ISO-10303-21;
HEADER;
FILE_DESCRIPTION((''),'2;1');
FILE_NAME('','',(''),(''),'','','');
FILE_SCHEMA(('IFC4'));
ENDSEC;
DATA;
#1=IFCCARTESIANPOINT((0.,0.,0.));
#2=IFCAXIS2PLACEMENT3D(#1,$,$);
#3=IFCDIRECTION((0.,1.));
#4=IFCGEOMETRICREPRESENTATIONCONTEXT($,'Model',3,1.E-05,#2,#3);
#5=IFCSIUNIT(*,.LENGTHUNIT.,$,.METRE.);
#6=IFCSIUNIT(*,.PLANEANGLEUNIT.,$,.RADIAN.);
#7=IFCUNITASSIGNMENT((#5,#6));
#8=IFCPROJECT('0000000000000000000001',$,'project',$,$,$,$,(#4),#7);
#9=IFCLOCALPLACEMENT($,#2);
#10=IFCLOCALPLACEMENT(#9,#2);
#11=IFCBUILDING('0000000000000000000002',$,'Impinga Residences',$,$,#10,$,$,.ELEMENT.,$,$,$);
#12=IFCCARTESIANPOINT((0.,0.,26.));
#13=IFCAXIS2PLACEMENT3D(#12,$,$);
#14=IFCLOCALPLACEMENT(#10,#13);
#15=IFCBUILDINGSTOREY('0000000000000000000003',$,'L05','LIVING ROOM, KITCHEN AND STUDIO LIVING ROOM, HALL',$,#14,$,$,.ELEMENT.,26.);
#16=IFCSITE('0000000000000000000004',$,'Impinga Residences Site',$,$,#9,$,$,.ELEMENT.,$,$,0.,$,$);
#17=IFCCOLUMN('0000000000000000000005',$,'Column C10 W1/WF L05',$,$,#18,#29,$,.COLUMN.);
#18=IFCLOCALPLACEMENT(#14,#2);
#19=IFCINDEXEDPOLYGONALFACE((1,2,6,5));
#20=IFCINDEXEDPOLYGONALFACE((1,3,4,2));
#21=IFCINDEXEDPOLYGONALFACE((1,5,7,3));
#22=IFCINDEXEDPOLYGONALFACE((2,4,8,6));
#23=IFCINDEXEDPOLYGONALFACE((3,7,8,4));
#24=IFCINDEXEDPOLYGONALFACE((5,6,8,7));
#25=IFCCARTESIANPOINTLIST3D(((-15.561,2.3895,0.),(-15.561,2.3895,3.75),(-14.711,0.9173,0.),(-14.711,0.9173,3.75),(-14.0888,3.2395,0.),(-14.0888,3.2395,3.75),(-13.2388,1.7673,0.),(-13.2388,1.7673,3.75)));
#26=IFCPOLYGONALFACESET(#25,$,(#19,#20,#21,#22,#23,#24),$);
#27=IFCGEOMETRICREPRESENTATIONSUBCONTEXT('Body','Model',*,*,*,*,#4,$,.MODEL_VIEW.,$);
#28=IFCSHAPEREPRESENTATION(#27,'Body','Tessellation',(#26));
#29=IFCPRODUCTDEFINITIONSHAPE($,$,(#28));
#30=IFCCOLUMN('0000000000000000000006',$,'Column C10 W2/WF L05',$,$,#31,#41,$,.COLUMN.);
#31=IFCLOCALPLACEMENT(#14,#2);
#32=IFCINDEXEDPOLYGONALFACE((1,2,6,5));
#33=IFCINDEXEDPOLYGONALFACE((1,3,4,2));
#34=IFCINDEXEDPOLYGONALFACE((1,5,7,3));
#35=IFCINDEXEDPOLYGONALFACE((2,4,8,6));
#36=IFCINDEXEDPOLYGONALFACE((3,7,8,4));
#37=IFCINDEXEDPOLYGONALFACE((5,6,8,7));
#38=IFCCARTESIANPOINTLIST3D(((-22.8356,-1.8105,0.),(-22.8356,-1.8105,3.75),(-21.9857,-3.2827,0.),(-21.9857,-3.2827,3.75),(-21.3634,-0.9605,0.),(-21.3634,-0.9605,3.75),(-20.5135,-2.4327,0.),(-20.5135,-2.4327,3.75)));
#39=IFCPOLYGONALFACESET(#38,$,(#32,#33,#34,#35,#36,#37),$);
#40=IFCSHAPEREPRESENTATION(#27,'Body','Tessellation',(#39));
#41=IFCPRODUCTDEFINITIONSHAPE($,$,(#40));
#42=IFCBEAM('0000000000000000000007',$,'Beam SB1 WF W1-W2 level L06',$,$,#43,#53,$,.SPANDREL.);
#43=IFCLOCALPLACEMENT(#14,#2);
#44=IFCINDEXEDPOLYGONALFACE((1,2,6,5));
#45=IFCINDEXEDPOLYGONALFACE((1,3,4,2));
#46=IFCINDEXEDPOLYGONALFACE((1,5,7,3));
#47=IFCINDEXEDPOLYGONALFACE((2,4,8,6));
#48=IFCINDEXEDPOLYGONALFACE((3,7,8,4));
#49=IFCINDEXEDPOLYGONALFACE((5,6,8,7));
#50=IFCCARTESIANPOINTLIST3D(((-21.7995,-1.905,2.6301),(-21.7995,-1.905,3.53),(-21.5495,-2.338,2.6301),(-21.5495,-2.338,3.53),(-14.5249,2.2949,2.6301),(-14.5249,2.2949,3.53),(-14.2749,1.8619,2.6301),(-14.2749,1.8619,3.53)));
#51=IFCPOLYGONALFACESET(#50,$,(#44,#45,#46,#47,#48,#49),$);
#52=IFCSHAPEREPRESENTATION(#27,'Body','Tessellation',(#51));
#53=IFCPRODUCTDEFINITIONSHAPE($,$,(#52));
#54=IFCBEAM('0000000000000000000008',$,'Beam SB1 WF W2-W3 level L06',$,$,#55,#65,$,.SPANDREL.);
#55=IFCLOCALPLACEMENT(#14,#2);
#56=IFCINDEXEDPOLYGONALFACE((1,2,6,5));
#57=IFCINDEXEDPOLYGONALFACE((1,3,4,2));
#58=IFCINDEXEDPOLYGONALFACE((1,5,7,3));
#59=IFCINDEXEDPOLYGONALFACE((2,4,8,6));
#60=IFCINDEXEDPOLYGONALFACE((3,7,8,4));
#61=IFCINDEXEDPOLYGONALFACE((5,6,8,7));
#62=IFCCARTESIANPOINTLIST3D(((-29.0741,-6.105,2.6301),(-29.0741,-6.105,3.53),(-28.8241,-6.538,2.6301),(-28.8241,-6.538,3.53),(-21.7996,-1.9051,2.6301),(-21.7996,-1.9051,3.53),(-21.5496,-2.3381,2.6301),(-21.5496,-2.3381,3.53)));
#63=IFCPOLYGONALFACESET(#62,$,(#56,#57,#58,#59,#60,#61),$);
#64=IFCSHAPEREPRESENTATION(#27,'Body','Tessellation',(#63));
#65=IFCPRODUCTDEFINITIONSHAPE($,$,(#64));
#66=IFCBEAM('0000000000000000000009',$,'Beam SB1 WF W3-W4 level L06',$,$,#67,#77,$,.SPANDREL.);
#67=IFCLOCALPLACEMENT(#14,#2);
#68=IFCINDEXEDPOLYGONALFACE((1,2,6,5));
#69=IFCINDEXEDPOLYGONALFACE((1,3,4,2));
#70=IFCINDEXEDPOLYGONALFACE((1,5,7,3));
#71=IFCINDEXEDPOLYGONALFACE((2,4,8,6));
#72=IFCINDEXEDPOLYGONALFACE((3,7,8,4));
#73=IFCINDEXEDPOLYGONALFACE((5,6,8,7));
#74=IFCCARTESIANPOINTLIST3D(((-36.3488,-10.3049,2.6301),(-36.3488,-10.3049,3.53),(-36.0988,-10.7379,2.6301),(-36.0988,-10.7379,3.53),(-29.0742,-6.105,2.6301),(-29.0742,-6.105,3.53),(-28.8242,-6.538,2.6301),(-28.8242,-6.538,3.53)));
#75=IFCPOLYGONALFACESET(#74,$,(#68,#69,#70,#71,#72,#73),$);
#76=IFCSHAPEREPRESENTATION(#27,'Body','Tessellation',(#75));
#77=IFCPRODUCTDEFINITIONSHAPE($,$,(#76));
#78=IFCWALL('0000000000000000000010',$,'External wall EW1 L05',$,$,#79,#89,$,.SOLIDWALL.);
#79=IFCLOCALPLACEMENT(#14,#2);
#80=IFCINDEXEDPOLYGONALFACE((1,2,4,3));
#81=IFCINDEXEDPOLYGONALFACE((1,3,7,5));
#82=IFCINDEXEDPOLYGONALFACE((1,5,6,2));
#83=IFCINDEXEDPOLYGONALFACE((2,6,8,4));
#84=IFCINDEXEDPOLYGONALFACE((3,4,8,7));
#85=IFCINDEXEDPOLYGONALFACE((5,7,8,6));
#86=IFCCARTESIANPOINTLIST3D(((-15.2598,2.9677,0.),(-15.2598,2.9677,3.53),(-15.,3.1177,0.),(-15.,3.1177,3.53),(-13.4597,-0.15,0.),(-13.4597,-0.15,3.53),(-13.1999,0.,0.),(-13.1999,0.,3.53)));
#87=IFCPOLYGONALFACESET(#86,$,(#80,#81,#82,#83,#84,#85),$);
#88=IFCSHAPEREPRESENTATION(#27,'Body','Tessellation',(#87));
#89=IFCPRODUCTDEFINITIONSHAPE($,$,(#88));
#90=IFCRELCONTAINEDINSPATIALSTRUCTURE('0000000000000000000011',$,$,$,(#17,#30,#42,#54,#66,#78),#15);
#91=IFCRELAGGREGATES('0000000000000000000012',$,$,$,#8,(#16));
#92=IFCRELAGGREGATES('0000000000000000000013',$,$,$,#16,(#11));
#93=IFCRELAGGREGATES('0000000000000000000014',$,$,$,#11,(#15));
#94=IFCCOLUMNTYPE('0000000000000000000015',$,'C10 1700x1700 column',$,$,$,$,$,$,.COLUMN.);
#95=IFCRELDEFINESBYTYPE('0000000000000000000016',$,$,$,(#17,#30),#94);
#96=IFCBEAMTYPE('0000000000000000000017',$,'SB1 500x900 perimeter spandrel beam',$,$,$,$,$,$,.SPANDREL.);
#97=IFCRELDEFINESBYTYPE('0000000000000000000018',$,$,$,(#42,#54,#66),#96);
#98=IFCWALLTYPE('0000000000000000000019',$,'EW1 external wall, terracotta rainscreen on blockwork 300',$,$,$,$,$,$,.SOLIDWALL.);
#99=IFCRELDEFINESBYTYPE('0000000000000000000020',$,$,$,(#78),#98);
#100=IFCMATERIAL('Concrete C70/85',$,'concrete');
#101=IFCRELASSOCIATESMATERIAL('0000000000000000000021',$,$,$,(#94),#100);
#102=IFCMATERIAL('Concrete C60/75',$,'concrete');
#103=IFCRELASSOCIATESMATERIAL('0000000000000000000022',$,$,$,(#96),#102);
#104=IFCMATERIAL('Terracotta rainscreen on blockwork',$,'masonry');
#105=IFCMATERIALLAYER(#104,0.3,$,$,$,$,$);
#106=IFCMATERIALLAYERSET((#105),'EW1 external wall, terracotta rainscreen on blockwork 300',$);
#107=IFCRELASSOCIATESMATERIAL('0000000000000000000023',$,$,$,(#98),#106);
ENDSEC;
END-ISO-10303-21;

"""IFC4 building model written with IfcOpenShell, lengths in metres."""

from ifc_helpers import new_model, si_unit, direction, frame, frame_2d, origin, origin_2d, place, context, subcontext, project, spatial, rectangle, extrude, material, layer, layer_set, material_profile, profile_set, type_object, element, save


model = new_model("IFC4")

# Units and contexts
model_context = context("Model", 3, precision=1e-05, world=origin(), true_north=direction((0.0, 1.0)))
body_context = subcontext(model_context, "Body", "Model", "MODEL_VIEW")
ifc_project = project(units=[si_unit("LENGTHUNIT", "METRE"), si_unit("PLANEANGLEUNIT", "RADIAN")], contexts=[model_context])

# Site, building, storey
site_placement = place(None, origin())
site = spatial("IfcSite", under=ifc_project, at=site_placement, Name="Impinga Residences Site", CompositionType="ELEMENT", RefElevation=0.0)
building_placement = place(site_placement, origin())
building = spatial("IfcBuilding", under=site, at=building_placement, Name="Impinga Residences", CompositionType="ELEMENT")
storey_placement = place(building_placement, frame((0.0, 0.0, 26.0)))
storey = spatial("IfcBuildingStorey", under=building, at=storey_placement, Name="L05", Description="LIVING ROOM, KITCHEN AND STUDIO LIVING ROOM, HALL", CompositionType="ELEMENT", Elevation=26.0)

# Columns
ifc_material_1 = material(Name="Concrete C70/85", Category="concrete")
ifc_material_profile_1 = material_profile(ifc_material_1, rectangle(XDim=1.7, YDim=1.7, at=origin_2d()), Name="RC 1700x1700")
ifc_profile_set_1 = profile_set([ifc_material_profile_1], Name="Concrete C70/85")
column_type = type_object("IfcColumnType", Name="C10 1700x1700 column", PredefinedType="COLUMN", material=ifc_profile_set_1)
for number, where, z_axis, x_axis, name in (
    (1, (-14.3999, 2.0784, 0.0), (0.0, 0.0, 1.0), (-0.5, 0.866025, 0.0), "Column C10 W1/WF L05"),
    (2, (-21.6746, -2.1216, 0.0), (0.0, 0.0, 1.0), (-0.5, 0.866025, 0.0), "Column C10 W2/WF L05"),
):
    element("IfcColumn", number, at=place(storey_placement, frame(where, z_axis=z_axis, x_axis=x_axis)), inside=storey, type_object=column_type, Name=name, PredefinedType="COLUMN", context=body_context, shape_type="SweptSolid", body=[
        extrude(rectangle(XDim=1.7, YDim=1.7, at=origin_2d()), origin(), (0.0, 0.0, 1.0), 3.75),
    ])

# Beams
ifc_material_2 = material(Name="Concrete C60/75", Category="concrete")
ifc_material_profile_2 = material_profile(ifc_material_2, rectangle(XDim=0.5, YDim=0.8999, at=origin_2d()), Name="RC 500x900")
ifc_profile_set_2 = profile_set([ifc_material_profile_2], Name="Concrete C60/75")
beam_type = type_object("IfcBeamType", Name="SB1 500x900 perimeter spandrel beam", PredefinedType="SPANDREL", material=ifc_profile_set_2)
for number, where, z_axis, x_axis, name in (
    (3, (-14.3999, 2.0784, 3.0801), (-0.866029, -0.499993, 0.0), (0.499993, -0.866029, 0.0), "Beam SB1 WF W1-W2 level L06"),
    (4, (-21.6746, -2.1216, 3.0801), (-0.866029, -0.499993, 0.0), (0.499993, -0.866029, 0.0), "Beam SB1 WF W2-W3 level L06"),
    (5, (-28.9492, -6.3215, 3.0801), (-0.866029, -0.499993, 0.0), (0.499993, -0.866029, 0.0), "Beam SB1 WF W3-W4 level L06"),
):
    element("IfcBeam", number, at=place(storey_placement, frame(where, z_axis=z_axis, x_axis=x_axis)), inside=storey, type_object=beam_type, Name=name, PredefinedType="SPANDREL", context=body_context, shape_type="SweptSolid", body=[
        extrude(rectangle(XDim=0.5, YDim=0.8999, at=origin_2d()), origin(), (0.0, 0.0, 1.0), 8.3999),
    ])

# Wall
ifc_material_3 = material(Name="Terracotta rainscreen on blockwork", Category="masonry")
ifc_layer_1 = layer(ifc_material_3, 0.3)
ifc_layer_set_1 = layer_set([ifc_layer_1], Name="EW1 external wall, terracotta rainscreen on blockwork 300")
wall_type_1 = type_object("IfcWallType", Name="EW1 external wall, terracotta rainscreen on blockwork 300", PredefinedType="SOLIDWALL", material=ifc_layer_set_1)
wall_1_placement = place(storey_placement, frame((-15.1299, 3.0427, 0.0), z_axis=(0.0, 0.0, 1.0), x_axis=(0.500012, -0.866018, 0.0)))
element("IfcWall", 6, at=wall_1_placement, inside=storey, type_object=wall_type_1, Name="External wall EW1 L05", PredefinedType="SOLIDWALL", context=body_context, shape_type="SweptSolid", body=[
    extrude(rectangle(XDim=3.6001, YDim=0.3, at=frame_2d((1.8, 0.0))), origin(), (0.0, 0.0, 1.0), 3.53),
])

save(model, "model.ifc")
